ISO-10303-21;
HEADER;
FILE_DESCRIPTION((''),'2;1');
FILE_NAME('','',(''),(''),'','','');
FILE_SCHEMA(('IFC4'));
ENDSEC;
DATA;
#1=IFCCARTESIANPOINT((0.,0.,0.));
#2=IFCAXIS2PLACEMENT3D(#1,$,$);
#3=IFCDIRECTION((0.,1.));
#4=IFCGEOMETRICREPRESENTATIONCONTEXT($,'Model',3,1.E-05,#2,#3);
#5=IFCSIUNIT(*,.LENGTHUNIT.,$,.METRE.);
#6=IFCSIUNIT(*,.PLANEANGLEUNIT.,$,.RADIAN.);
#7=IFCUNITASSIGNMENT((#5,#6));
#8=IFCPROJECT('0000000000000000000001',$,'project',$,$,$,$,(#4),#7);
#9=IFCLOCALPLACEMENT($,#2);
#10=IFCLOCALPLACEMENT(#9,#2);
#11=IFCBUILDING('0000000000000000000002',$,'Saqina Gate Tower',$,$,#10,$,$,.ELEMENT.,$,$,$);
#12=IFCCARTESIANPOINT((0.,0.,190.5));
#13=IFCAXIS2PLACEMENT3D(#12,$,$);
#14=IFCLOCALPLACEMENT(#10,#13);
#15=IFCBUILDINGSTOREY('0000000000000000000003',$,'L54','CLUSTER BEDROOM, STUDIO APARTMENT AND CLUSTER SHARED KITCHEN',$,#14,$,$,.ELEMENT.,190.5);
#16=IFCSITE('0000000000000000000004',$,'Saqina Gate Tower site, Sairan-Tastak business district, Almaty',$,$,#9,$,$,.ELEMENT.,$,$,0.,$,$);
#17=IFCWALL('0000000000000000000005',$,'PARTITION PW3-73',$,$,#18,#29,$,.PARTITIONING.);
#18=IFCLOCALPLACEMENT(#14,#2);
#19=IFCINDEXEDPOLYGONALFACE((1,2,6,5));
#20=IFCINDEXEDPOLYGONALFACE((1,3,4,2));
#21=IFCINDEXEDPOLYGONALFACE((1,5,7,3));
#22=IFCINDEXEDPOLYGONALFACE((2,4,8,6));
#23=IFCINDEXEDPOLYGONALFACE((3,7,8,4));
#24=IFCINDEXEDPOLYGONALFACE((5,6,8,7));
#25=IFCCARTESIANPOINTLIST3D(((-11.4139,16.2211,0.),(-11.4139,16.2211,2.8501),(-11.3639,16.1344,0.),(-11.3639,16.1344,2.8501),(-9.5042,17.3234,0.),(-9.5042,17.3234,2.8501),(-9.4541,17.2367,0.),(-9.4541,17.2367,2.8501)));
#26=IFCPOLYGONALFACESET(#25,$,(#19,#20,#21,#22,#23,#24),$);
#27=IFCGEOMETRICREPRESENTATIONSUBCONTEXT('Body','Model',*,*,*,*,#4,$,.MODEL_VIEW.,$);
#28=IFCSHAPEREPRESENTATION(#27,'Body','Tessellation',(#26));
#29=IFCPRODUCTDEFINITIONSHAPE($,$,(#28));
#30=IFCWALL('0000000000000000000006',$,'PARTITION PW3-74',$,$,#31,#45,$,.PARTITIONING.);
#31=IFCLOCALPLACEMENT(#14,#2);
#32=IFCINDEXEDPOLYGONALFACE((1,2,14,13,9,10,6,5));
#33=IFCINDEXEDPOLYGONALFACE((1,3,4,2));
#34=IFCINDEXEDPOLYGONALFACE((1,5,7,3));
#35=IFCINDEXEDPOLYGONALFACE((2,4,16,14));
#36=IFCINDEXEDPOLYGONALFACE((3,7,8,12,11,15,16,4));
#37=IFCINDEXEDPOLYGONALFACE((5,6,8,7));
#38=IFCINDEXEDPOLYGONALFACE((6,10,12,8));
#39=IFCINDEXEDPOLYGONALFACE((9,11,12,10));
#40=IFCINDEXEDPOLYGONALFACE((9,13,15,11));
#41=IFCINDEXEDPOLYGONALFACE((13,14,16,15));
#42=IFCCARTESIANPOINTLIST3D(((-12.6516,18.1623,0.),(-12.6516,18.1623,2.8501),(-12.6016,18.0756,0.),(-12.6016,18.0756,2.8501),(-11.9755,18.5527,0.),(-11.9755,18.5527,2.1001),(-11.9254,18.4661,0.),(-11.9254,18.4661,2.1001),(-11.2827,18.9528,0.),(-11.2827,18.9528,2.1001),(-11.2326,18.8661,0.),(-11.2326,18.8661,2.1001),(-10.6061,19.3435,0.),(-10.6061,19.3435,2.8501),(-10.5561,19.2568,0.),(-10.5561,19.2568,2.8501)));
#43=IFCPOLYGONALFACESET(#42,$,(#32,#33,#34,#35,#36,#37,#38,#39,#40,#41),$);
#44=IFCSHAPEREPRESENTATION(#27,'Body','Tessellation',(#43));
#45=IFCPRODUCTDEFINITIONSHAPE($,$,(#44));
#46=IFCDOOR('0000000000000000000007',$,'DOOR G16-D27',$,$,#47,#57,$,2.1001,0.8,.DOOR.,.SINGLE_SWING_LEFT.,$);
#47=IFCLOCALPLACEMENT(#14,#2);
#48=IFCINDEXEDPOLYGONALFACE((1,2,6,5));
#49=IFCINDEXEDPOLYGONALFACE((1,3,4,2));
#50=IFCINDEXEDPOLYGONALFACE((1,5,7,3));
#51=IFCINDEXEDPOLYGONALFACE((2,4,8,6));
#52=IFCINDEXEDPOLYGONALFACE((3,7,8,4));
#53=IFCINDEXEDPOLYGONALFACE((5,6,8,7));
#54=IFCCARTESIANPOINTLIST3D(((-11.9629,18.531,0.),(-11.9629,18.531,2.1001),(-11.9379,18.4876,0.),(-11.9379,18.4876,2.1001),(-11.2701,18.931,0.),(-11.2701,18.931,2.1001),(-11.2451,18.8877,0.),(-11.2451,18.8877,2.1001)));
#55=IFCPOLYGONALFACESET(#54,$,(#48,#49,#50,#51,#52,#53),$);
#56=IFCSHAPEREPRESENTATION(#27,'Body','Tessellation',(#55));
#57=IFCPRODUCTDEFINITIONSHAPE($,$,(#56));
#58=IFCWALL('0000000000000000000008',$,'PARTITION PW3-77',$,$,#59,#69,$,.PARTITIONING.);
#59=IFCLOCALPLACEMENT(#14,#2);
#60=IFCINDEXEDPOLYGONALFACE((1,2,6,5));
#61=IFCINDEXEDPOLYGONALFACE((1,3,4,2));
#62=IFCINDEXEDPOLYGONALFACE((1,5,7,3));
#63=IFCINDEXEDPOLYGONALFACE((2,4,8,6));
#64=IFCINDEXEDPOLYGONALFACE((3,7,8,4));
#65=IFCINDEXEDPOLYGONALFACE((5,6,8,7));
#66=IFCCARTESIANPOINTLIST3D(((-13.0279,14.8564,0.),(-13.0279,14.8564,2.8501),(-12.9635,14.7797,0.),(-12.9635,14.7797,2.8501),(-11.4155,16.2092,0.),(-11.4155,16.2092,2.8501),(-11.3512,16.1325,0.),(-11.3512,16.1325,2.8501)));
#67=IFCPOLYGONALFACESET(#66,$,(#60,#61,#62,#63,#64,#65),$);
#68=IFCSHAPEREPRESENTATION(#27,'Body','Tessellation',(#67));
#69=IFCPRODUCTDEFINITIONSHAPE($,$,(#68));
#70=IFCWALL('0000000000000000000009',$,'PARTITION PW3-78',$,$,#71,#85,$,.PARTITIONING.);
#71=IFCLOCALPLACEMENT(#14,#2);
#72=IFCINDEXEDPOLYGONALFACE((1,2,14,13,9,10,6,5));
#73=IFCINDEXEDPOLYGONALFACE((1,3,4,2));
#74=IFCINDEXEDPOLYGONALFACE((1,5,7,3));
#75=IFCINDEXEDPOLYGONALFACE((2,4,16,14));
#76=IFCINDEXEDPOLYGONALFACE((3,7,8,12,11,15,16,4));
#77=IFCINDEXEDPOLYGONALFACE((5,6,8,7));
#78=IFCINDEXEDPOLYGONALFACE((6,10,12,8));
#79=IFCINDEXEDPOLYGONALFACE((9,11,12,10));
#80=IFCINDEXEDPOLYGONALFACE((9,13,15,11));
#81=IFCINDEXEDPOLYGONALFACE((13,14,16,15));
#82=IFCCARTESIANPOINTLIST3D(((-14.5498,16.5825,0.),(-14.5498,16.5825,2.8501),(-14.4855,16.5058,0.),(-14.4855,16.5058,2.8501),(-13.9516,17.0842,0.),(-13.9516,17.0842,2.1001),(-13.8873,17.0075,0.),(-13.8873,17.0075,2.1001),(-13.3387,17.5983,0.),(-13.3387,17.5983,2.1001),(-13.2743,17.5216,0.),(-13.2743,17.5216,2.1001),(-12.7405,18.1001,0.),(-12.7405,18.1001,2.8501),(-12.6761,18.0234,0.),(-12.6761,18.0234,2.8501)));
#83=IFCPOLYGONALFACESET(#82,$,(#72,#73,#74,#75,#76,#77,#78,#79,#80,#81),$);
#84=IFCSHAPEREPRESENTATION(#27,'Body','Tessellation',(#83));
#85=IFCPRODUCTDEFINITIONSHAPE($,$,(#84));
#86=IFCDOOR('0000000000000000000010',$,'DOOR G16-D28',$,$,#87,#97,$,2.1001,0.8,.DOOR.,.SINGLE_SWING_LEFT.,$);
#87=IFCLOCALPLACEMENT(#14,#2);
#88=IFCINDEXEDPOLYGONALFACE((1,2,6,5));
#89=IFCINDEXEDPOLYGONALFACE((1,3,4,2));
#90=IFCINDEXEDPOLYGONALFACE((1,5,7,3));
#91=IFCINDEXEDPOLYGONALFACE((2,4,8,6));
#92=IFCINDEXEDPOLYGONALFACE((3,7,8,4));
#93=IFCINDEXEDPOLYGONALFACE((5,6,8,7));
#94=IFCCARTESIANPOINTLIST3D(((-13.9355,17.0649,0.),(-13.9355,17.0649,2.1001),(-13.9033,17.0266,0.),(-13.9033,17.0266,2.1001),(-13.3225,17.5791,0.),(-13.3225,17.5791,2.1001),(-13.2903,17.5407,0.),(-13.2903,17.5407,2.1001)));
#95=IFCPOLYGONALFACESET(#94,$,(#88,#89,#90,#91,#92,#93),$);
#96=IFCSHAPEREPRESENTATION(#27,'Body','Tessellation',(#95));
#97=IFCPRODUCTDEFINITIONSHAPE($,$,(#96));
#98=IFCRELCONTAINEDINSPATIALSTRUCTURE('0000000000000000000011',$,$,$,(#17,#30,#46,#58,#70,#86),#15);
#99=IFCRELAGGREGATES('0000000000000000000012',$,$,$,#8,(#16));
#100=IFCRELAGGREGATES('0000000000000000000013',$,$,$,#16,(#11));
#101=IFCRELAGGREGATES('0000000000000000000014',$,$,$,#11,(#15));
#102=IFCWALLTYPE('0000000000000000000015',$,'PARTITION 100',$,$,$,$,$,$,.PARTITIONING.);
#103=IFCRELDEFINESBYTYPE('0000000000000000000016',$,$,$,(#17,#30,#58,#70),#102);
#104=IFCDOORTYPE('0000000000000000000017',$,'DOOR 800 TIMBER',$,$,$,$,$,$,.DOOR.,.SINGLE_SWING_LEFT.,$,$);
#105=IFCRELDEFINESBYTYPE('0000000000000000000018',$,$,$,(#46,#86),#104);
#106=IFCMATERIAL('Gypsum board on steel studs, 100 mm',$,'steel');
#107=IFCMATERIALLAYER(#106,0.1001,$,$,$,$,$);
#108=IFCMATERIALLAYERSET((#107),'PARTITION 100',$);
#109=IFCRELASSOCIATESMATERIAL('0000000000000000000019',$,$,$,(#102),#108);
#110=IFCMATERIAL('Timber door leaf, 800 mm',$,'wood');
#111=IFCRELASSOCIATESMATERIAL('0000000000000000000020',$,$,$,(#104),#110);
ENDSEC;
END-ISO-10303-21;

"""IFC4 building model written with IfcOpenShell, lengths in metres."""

from ifc_helpers import new_model, si_unit, direction, frame, frame_2d, origin, place, context, subcontext, project, spatial, rectangle, extrude, material, layer, layer_set, type_object, element, fill, save


model = new_model("IFC4")

# Units and contexts
model_context = context("Model", 3, precision=1e-05, world=origin(), true_north=direction((0.0, 1.0)))
body_context = subcontext(model_context, "Body", "Model", "MODEL_VIEW")
ifc_project = project(units=[si_unit("LENGTHUNIT", "METRE"), si_unit("PLANEANGLEUNIT", "RADIAN")], contexts=[model_context])

# Site, building, storey
site_placement = place(None, origin())
site = spatial("IfcSite", under=ifc_project, at=site_placement, Name="Saqina Gate Tower site, Sairan-Tastak business district, Almaty", CompositionType="ELEMENT", RefElevation=0.0)
building_placement = place(site_placement, origin())
building = spatial("IfcBuilding", under=site, at=building_placement, Name="Saqina Gate Tower", CompositionType="ELEMENT")
storey_placement = place(building_placement, frame((0.0, 0.0, 190.5)))
storey = spatial("IfcBuildingStorey", under=building, at=storey_placement, Name="L54", Description="CLUSTER BEDROOM, STUDIO APARTMENT AND CLUSTER SHARED KITCHEN", CompositionType="ELEMENT", Elevation=190.5)

# Wall
ifc_material_1 = material(Name="Gypsum board on steel studs, 100 mm", Category="steel")
ifc_layer_1 = layer(ifc_material_1, 0.1001)
ifc_layer_set_1 = layer_set([ifc_layer_1], Name="PARTITION 100")
wall_type_1 = type_object("IfcWallType", Name="PARTITION 100", PredefinedType="PARTITIONING", material=ifc_layer_set_1)
wall_1_placement = place(storey_placement, frame((-11.3889, 16.1777, 0.0), z_axis=(0.0, 0.0, 1.0), x_axis=(0.866075, 0.499914, 0.0)))
element("IfcWall", 1, at=wall_1_placement, inside=storey, type_object=wall_type_1, Name="PARTITION PW3-73", PredefinedType="PARTITIONING", context=body_context, shape_type="SweptSolid", body=[
    extrude(rectangle(XDim=2.2051, YDim=0.1001, at=frame_2d((1.1025, 0.0))), origin(), (0.0, 0.0, 1.0), 2.8501),
])

# Wall, opening, door
wall_2_placement = place(storey_placement, frame((-12.6267, 18.1189, 0.0), z_axis=(0.0, 0.0, 1.0), x_axis=(0.865982, 0.500074, 0.0)))
wall_2 = element("IfcWall", 2, at=wall_2_placement, inside=storey, type_object=wall_type_1, Name="PARTITION PW3-74", PredefinedType="PARTITIONING", context=body_context, shape_type="SweptSolid", body=[
    extrude(rectangle(XDim=2.3621, YDim=0.1001, at=frame_2d((1.1812, 0.0))), origin(), (0.0, 0.0, 1.0), 2.8501),
])
opening_1_placement = place(wall_2_placement, frame((0.781, 0.0, 0.0)))
opening_1 = element("IfcOpeningElement", 3, at=opening_1_placement, cuts=wall_2, PredefinedType="OPENING", context=body_context, shape_type="SweptSolid", body=[
    extrude(rectangle(XDim=0.8, YDim=2.1001, at=frame_2d((0.3999, 1.05))), frame((0.0, 0.062, 0.0), z_axis=(0.0, -1.0, 0.0), x_axis=(1.0, 0.0, 0.0)), (0.0, 0.0, 1.0), 0.124),
])
ifc_material_2 = material(Name="Timber door leaf, 800 mm", Category="wood")
door_type = type_object("IfcDoorType", Name="DOOR 800 TIMBER", OperationType="SINGLE_SWING_LEFT", PredefinedType="DOOR", material=ifc_material_2)
door_1_placement = place(opening_1_placement, origin())
door_1 = element("IfcDoor", 4, at=door_1_placement, inside=storey, type_object=door_type, Name="DOOR G16-D27", OperationType="SINGLE_SWING_LEFT", OverallHeight=2.1001, OverallWidth=0.8, PredefinedType="DOOR", context=body_context, shape_type="SweptSolid", body=[
    extrude(rectangle(XDim=0.8, YDim=2.1001, at=frame_2d((0.3999, 1.05))), frame((0.0, 0.0249, 0.0), z_axis=(0.0, -1.0, 0.0), x_axis=(1.0, 0.0, 0.0)), (0.0, 0.0, 1.0), 0.05),
])
fill(opening_1, door_1)

# Wall
wall_3_placement = place(storey_placement, frame((-12.9956, 14.8181, 0.0), z_axis=(0.0, 0.0, 1.0), x_axis=(0.766068, 0.642759, 0.0)))
element("IfcWall", 5, at=wall_3_placement, inside=storey, type_object=wall_type_1, Name="PARTITION PW3-77", PredefinedType="PARTITIONING", context=body_context, shape_type="SweptSolid", body=[
    extrude(rectangle(XDim=2.1047, YDim=0.1001, at=frame_2d((1.0522, 0.0))), origin(), (0.0, 0.0, 1.0), 2.8501),
])

# Wall, opening, door
wall_4_placement = place(storey_placement, frame((-14.5176, 16.5442, 0.0), z_axis=(0.0, 0.0, 1.0), x_axis=(0.766175, 0.642632, 0.0)))
wall_4 = element("IfcWall", 6, at=wall_4_placement, inside=storey, type_object=wall_type_1, Name="PARTITION PW3-78", PredefinedType="PARTITIONING", context=body_context, shape_type="SweptSolid", body=[
    extrude(rectangle(XDim=2.3616, YDim=0.1001, at=frame_2d((1.1807, 0.0))), origin(), (0.0, 0.0, 1.0), 2.8501),
])
opening_2_placement = place(wall_4_placement, frame((0.7808, 0.0, 0.0)))
opening_2 = element("IfcOpeningElement", 7, at=opening_2_placement, cuts=wall_4, PredefinedType="OPENING", context=body_context, shape_type="SweptSolid", body=[
    extrude(rectangle(XDim=0.8, YDim=2.1001, at=frame_2d((0.3999, 1.05))), frame((0.0, 0.062, 0.0), z_axis=(0.0, -1.0, 0.0), x_axis=(1.0, 0.0, 0.0)), (0.0, 0.0, 1.0), 0.124),
])
door_2_placement = place(opening_2_placement, origin())
door_2 = element("IfcDoor", 8, at=door_2_placement, inside=storey, type_object=door_type, Name="DOOR G16-D28", OperationType="SINGLE_SWING_LEFT", OverallHeight=2.1001, OverallWidth=0.8, PredefinedType="DOOR", context=body_context, shape_type="SweptSolid", body=[
    extrude(rectangle(XDim=0.8, YDim=2.1001, at=frame_2d((0.3999, 1.05))), frame((0.0, 0.0249, 0.0), z_axis=(0.0, -1.0, 0.0), x_axis=(1.0, 0.0, 0.0)), (0.0, 0.0, 1.0), 0.05),
])
fill(opening_2, door_2)

save(model, "model.ifc")
